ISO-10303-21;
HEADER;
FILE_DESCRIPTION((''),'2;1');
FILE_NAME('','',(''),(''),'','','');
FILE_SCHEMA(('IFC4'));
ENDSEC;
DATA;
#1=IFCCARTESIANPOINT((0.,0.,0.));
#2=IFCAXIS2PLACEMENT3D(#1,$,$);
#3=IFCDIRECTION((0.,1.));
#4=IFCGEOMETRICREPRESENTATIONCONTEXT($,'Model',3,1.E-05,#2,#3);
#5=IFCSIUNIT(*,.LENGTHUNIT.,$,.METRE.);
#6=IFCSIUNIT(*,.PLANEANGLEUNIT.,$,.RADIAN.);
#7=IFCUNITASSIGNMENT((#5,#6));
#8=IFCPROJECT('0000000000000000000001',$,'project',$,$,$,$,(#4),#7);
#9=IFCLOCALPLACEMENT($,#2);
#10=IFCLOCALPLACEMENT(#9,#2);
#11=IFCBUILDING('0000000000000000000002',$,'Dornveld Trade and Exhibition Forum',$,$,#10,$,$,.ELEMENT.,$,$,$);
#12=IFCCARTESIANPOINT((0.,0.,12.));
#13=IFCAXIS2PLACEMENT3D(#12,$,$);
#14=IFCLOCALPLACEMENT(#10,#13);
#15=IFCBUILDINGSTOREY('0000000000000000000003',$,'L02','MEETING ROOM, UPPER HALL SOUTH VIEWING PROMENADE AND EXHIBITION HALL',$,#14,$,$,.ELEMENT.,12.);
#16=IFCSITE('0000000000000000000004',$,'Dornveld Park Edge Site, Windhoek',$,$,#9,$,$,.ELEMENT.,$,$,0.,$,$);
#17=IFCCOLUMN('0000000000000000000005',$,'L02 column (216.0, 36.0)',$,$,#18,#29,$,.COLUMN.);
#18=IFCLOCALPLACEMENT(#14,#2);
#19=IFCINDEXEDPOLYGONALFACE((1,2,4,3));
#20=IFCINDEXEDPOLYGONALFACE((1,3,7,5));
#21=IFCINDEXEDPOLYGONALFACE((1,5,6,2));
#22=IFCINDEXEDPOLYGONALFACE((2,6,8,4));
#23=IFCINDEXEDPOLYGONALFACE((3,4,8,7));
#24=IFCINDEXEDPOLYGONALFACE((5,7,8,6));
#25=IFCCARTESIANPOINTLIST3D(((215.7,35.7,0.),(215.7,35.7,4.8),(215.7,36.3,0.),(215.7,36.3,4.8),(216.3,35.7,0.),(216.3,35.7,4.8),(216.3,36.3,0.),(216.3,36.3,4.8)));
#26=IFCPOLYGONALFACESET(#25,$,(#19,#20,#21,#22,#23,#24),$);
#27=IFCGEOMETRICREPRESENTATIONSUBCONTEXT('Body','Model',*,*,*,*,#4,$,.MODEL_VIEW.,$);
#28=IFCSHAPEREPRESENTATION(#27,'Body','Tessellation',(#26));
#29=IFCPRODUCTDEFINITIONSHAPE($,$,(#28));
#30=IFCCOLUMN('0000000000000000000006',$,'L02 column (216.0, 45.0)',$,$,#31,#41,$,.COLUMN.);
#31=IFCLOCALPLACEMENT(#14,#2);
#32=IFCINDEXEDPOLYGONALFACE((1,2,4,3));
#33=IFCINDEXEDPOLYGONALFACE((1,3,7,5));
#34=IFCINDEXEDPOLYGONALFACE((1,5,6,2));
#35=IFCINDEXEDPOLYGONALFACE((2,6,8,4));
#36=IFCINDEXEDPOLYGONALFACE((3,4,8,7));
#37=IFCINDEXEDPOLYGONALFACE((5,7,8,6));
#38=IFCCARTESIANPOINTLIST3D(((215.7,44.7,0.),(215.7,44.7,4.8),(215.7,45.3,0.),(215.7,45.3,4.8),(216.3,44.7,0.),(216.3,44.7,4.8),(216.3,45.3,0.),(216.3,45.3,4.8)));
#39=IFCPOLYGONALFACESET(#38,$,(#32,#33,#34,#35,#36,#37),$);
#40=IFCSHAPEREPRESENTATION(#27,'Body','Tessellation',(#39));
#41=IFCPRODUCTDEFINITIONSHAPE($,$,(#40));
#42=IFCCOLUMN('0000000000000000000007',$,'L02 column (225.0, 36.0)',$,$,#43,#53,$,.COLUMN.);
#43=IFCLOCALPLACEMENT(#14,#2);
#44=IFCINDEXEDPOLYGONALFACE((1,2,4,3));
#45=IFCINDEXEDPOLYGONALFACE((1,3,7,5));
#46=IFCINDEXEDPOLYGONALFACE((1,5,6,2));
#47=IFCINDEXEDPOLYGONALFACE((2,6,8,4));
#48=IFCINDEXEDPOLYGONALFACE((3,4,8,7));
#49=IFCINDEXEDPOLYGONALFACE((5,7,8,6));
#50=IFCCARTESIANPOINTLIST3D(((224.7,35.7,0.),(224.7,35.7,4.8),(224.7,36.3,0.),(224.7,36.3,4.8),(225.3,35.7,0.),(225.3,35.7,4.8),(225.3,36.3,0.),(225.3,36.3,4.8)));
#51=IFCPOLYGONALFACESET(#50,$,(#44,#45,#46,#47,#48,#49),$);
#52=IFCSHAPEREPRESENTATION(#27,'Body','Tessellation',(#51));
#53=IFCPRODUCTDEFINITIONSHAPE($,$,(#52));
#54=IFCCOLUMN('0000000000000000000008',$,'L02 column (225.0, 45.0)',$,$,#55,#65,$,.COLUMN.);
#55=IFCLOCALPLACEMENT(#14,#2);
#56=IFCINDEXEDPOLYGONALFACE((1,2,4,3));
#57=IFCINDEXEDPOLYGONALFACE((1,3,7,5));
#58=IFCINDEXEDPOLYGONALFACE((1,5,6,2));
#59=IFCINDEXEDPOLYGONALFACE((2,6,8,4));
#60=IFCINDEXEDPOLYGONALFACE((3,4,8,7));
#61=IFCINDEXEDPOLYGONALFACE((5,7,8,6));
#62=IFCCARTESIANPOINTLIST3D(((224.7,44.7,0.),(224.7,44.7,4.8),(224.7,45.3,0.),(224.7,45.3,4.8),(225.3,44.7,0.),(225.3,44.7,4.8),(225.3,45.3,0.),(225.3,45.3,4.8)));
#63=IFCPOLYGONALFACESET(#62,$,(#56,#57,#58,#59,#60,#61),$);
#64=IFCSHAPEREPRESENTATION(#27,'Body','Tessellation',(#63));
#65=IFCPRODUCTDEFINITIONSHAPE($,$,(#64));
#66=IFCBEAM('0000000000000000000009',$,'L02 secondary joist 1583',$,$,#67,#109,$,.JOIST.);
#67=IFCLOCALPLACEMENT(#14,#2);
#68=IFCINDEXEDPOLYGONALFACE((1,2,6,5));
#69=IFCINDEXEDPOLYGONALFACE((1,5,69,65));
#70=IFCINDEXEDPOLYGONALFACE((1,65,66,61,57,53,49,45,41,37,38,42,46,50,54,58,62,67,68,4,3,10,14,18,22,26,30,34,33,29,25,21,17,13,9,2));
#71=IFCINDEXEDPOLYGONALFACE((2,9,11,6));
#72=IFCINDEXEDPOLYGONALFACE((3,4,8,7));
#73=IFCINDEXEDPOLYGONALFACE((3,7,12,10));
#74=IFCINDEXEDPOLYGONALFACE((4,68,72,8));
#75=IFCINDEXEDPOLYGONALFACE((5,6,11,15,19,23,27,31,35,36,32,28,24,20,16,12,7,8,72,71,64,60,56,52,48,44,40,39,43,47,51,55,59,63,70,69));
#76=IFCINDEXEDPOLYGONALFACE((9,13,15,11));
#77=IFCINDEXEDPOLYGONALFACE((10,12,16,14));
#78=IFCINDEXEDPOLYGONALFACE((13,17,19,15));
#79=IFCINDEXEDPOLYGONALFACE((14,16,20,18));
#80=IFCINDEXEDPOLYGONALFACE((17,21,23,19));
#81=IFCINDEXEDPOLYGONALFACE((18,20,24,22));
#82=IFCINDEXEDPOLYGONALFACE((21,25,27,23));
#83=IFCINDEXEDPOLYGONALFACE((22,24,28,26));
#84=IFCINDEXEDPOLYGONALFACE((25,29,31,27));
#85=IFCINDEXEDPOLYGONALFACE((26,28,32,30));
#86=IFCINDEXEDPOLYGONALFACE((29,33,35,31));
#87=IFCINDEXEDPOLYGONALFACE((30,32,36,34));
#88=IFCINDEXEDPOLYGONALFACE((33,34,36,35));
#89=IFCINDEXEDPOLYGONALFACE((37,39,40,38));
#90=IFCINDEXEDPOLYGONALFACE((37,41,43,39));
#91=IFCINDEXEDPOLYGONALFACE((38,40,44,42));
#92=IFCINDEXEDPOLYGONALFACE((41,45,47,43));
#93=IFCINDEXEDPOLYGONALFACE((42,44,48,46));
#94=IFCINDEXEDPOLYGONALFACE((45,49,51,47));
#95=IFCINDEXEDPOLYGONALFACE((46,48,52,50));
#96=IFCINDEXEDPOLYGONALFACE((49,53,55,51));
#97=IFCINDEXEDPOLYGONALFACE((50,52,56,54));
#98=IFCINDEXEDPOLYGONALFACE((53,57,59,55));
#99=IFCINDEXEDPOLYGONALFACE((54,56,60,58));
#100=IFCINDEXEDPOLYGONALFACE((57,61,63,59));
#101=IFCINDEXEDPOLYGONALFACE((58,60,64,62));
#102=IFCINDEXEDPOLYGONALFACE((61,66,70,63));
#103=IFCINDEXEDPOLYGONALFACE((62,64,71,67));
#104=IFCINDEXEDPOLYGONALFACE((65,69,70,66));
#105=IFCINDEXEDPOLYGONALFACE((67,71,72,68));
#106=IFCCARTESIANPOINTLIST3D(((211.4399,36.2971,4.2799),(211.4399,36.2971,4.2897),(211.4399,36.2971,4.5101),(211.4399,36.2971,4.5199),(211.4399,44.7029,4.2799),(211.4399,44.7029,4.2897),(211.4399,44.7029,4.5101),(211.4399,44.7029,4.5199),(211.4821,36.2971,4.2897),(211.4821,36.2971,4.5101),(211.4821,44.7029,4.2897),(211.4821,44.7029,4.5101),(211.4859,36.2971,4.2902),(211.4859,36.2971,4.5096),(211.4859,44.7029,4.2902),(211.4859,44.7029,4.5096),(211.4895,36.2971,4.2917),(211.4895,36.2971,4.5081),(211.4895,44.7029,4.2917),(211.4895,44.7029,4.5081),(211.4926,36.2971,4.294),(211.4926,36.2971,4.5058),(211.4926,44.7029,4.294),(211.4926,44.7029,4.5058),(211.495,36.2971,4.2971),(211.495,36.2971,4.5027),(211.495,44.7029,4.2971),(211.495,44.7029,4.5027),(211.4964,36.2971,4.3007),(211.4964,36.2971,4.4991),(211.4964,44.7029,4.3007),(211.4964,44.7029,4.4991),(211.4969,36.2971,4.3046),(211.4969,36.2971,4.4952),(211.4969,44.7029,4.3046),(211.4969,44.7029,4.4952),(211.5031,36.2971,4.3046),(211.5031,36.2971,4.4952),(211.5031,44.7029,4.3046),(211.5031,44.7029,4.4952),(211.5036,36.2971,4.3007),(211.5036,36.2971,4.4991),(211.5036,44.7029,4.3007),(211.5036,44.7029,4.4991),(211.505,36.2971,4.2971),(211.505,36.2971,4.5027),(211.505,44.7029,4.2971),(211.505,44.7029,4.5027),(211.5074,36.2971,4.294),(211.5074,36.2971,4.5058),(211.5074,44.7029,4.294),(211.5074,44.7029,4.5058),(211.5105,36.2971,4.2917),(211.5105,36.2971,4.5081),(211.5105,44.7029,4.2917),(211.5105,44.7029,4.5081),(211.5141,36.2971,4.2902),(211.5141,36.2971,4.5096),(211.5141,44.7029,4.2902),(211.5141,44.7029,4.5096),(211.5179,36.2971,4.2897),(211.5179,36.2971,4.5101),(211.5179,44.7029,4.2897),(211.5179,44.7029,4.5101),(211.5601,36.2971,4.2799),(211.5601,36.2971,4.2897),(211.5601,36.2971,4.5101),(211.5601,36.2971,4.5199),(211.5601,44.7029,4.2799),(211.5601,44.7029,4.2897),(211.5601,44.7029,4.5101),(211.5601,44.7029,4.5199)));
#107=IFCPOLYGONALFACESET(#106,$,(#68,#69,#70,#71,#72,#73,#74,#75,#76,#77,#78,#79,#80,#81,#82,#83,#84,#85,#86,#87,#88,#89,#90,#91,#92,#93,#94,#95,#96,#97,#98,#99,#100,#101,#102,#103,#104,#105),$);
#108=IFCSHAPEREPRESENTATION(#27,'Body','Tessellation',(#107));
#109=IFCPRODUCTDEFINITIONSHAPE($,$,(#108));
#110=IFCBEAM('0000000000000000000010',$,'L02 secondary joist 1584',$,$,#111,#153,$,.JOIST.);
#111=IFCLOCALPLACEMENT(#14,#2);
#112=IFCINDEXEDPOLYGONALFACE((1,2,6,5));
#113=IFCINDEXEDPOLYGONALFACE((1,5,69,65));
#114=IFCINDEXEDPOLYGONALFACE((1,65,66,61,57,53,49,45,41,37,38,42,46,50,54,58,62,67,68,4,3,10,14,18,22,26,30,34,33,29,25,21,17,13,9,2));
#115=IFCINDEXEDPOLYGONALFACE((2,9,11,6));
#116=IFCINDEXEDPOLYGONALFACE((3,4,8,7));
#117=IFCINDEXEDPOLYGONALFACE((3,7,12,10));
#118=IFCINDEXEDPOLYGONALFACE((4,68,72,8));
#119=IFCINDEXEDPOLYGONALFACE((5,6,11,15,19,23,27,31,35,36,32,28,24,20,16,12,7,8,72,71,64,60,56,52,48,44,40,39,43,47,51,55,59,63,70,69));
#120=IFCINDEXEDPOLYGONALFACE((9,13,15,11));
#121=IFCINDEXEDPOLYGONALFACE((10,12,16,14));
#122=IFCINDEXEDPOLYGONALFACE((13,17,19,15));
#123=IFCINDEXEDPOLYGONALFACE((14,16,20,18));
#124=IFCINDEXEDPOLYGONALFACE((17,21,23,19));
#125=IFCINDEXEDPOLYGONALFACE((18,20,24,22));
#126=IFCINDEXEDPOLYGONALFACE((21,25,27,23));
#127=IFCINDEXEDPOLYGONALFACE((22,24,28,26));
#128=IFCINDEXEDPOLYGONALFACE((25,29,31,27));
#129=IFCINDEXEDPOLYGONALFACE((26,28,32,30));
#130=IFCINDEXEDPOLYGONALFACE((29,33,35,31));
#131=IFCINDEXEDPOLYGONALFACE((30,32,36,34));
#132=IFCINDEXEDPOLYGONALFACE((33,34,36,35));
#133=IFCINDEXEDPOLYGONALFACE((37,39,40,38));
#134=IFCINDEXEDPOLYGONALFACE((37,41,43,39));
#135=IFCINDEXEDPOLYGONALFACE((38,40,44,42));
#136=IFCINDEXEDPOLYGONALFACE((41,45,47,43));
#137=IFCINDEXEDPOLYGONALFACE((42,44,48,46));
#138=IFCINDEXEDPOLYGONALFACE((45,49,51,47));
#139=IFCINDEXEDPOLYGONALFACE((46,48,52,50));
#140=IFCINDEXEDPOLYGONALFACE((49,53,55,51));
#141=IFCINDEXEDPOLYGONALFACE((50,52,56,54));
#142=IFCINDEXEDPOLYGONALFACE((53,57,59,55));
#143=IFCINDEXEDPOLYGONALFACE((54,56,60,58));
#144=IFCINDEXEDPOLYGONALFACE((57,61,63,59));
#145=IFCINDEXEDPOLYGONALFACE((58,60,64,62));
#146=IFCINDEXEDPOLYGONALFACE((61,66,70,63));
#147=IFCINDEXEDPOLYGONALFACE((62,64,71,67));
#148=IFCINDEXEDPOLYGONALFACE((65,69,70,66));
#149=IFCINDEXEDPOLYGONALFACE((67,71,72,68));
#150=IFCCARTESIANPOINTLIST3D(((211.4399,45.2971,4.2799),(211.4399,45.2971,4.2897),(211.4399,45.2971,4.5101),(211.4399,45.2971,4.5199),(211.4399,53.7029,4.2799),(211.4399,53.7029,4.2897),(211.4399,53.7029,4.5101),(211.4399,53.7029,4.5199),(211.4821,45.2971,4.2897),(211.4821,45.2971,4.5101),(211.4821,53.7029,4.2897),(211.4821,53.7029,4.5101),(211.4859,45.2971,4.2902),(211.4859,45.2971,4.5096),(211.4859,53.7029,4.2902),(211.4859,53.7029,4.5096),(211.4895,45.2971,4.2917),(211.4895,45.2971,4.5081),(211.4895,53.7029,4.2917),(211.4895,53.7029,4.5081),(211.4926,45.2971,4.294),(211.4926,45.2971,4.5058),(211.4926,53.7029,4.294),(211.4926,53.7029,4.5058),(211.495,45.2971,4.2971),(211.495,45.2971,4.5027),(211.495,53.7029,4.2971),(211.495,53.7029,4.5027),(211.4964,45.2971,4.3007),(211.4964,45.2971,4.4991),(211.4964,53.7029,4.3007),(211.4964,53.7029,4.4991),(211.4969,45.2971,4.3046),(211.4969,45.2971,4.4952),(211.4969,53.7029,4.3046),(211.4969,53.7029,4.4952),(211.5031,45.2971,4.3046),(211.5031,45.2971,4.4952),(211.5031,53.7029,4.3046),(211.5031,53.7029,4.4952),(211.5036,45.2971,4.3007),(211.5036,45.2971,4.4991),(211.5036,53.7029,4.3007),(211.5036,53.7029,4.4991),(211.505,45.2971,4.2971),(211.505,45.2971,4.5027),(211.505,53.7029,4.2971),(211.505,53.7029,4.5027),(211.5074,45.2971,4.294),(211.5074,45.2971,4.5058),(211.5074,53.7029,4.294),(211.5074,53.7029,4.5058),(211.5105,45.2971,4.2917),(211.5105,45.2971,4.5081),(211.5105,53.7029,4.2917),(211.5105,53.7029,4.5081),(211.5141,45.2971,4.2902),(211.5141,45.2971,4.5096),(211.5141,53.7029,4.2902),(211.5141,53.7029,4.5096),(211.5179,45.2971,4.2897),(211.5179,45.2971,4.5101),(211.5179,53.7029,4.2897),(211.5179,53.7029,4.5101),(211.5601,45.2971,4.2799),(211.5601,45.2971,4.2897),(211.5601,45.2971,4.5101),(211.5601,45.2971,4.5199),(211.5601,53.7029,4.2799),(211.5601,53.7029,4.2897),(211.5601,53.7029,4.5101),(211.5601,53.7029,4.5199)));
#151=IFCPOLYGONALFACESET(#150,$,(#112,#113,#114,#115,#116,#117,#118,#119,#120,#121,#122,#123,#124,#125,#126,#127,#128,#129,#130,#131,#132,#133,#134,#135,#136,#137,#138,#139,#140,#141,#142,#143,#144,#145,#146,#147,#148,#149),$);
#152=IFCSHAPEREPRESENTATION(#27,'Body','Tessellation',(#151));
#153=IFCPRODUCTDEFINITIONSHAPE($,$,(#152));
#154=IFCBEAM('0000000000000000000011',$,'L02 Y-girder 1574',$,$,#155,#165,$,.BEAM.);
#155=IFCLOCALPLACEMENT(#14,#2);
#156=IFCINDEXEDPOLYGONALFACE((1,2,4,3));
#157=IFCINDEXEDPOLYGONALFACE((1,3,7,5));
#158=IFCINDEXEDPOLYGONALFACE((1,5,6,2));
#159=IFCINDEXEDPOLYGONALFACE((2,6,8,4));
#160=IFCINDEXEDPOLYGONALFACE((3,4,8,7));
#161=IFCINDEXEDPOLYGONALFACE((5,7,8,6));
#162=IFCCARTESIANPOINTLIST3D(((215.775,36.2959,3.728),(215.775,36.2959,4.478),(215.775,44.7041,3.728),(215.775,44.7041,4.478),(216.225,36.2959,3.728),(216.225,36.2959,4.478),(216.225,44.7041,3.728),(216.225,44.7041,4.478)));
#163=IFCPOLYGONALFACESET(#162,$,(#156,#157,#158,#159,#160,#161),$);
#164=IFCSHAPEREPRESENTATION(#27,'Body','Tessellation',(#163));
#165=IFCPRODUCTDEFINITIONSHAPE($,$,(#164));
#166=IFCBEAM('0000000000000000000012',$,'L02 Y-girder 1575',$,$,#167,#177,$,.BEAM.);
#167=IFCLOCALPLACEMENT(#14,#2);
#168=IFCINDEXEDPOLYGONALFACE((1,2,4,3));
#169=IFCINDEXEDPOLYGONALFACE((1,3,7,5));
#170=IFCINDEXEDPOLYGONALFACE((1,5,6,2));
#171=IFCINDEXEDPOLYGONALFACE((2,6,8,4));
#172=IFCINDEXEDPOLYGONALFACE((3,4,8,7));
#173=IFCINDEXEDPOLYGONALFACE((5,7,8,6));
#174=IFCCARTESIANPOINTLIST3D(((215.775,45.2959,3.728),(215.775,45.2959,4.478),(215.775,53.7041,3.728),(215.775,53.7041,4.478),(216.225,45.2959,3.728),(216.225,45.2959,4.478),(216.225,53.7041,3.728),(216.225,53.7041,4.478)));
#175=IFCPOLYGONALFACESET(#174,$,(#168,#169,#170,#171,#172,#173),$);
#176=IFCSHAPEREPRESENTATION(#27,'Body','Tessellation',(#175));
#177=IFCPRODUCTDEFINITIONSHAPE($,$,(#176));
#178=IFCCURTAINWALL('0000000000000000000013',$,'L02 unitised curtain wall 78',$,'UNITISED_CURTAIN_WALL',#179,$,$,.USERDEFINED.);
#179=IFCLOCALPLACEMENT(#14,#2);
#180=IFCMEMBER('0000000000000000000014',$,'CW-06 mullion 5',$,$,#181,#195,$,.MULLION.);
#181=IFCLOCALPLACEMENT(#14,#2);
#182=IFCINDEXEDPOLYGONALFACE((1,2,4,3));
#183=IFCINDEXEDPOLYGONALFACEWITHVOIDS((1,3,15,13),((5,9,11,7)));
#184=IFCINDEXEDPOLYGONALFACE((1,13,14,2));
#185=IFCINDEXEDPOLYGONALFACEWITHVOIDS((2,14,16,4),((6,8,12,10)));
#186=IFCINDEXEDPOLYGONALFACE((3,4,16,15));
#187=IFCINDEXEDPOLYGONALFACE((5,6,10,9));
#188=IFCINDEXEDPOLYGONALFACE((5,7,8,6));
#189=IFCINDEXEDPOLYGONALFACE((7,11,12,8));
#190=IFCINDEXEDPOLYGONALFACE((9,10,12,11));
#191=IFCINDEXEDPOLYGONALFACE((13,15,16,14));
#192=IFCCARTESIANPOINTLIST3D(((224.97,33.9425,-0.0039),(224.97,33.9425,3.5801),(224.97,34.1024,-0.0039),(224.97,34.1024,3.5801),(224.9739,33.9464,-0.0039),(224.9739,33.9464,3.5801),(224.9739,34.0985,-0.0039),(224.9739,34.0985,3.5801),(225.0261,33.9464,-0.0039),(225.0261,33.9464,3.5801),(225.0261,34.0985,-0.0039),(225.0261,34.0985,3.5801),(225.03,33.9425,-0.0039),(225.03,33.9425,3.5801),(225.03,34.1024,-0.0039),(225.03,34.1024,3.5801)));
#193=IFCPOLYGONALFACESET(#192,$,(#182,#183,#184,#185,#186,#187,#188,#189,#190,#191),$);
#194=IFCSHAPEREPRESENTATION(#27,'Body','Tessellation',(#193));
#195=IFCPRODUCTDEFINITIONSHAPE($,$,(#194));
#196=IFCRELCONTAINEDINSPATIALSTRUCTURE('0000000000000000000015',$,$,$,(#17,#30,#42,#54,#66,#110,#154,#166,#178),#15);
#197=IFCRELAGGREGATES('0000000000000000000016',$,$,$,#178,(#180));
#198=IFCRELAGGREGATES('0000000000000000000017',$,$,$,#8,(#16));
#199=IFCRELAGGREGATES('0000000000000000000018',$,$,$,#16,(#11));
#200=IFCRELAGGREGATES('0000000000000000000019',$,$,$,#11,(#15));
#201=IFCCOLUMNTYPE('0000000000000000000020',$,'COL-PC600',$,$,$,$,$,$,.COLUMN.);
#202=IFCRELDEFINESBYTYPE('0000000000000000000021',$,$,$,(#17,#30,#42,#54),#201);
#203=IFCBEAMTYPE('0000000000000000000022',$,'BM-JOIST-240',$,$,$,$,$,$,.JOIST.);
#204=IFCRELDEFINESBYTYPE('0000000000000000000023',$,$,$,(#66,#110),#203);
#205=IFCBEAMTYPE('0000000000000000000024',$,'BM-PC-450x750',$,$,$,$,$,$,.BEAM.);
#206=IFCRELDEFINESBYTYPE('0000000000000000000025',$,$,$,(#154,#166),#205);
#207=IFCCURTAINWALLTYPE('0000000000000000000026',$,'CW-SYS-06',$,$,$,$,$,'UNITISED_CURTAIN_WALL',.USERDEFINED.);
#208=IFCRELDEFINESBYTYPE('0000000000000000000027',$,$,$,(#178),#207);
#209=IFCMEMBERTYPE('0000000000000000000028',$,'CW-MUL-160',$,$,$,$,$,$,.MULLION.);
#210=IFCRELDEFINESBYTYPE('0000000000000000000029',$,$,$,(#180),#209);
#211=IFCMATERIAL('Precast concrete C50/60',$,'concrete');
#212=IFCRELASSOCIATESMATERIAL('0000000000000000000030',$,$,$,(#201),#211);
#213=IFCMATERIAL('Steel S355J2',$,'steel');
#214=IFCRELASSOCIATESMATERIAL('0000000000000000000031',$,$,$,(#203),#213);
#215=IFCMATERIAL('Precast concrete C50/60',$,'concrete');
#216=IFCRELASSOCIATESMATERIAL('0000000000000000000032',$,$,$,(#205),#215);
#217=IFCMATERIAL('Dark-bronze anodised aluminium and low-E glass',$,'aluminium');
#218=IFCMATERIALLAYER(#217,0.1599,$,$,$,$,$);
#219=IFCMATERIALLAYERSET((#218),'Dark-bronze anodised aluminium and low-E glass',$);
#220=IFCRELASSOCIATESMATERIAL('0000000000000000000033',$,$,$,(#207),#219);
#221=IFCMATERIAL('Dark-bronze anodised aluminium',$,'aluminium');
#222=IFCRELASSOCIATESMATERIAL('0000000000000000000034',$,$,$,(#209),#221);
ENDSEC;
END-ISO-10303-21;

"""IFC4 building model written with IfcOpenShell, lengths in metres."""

from ifc_helpers import new_model, si_unit, direction, frame, origin, origin_2d, place, context, subcontext, project, spatial, rectangle, hollow_rectangle, i_section, extrude, material, layer, layer_set, material_profile, profile_set, type_object, element, aggregate, save


model = new_model("IFC4")

# Units and contexts
model_context = context("Model", 3, precision=1e-05, world=origin(), true_north=direction((0.0, 1.0)))
body_context = subcontext(model_context, "Body", "Model", "MODEL_VIEW")
ifc_project = project(units=[si_unit("LENGTHUNIT", "METRE"), si_unit("PLANEANGLEUNIT", "RADIAN")], contexts=[model_context])

# Site, building, storey
site_placement = place(None, origin())
site = spatial("IfcSite", under=ifc_project, at=site_placement, Name="Dornveld Park Edge Site, Windhoek", CompositionType="ELEMENT", RefElevation=0.0)
building_placement = place(site_placement, origin())
building = spatial("IfcBuilding", under=site, at=building_placement, Name="Dornveld Trade and Exhibition Forum", CompositionType="ELEMENT")
storey_placement = place(building_placement, frame((0.0, 0.0, 12.0)))
storey = spatial("IfcBuildingStorey", under=building, at=storey_placement, Name="L02", Description="MEETING ROOM, UPPER HALL SOUTH VIEWING PROMENADE AND EXHIBITION HALL", CompositionType="ELEMENT", Elevation=12.0)

# Columns
ifc_material_1 = material(Name="Precast concrete C50/60", Category="concrete")
ifc_material_profile_1 = material_profile(ifc_material_1, rectangle(XDim=0.6001, YDim=0.6001, at=origin_2d()), Name="PC-COL 600x600")
ifc_profile_set_1 = profile_set([ifc_material_profile_1], Name="Precast concrete C50/60")
column_type = type_object("IfcColumnType", Name="COL-PC600", PredefinedType="COLUMN", material=ifc_profile_set_1)
for number, where, z_axis, x_axis, name in (
    (1, (216.0, 36.0, 0.0), (0.0, 0.0, 1.0), (1.0, 0.0, 0.0), "L02 column (216.0, 36.0)"),
    (2, (216.0, 45.0, 0.0), (0.0, 0.0, 1.0), (1.0, 0.0, 0.0), "L02 column (216.0, 45.0)"),
    (3, (225.0, 36.0, 0.0), (0.0, 0.0, 1.0), (1.0, 0.0, 0.0), "L02 column (225.0, 36.0)"),
    (4, (225.0, 45.0, 0.0), (0.0, 0.0, 1.0), (1.0, 0.0, 0.0), "L02 column (225.0, 45.0)"),
):
    element("IfcColumn", number, at=place(storey_placement, frame(where, z_axis=z_axis, x_axis=x_axis)), inside=storey, type_object=column_type, Name=name, PredefinedType="COLUMN", context=body_context, shape_type="SweptSolid", body=[
        extrude(rectangle(XDim=0.6001, YDim=0.6001, at=origin_2d()), origin(), (0.0, 0.0, 1.0), 4.8),
    ])

# Beams
ifc_material_2 = material(Name="Steel S355J2", Category="steel")
ifc_material_profile_2 = material_profile(ifc_material_2, i_section(OverallWidth=0.1201, OverallDepth=0.24, WebThickness=0.0061, FlangeThickness=0.0098, FilletRadius=0.0149, at=origin_2d()), Name="IPE 240")
ifc_profile_set_2 = profile_set([ifc_material_profile_2], Name="Steel S355J2")
beam_type_1 = type_object("IfcBeamType", Name="BM-JOIST-240", PredefinedType="JOIST", material=ifc_profile_set_2)
for number, where, z_axis, x_axis, name in (
    (5, (211.5, 36.2971, 4.3999), (0.0, 1.0, 0.0), (-1.0, 0.0, 0.0), "L02 secondary joist 1583"),
    (6, (211.5, 45.2971, 4.3999), (0.0, 1.0, 0.0), (-1.0, 0.0, 0.0), "L02 secondary joist 1584"),
):
    element("IfcBeam", number, at=place(storey_placement, frame(where, z_axis=z_axis, x_axis=x_axis)), inside=storey, type_object=beam_type_1, Name=name, PredefinedType="JOIST", context=body_context, shape_type="SweptSolid", body=[
        extrude(i_section(OverallWidth=0.1201, OverallDepth=0.24, WebThickness=0.0061, FlangeThickness=0.0098, FilletRadius=0.0149, at=origin_2d()), origin(), (0.0, 0.0, 1.0), 8.4058),
    ])
ifc_material_3 = material(Name="Precast concrete C50/60", Category="concrete")
ifc_material_profile_3 = material_profile(ifc_material_3, rectangle(XDim=0.45, YDim=0.75, at=origin_2d()), Name="PC-BM 450x750")
ifc_profile_set_3 = profile_set([ifc_material_profile_3], Name="Precast concrete C50/60")
beam_type_2 = type_object("IfcBeamType", Name="BM-PC-450x750", PredefinedType="BEAM", material=ifc_profile_set_3)
for number, where, z_axis, x_axis, name in (
    (7, (216.0, 36.2959, 4.103), (0.0, 1.0, 0.0), (-1.0, 0.0, 0.0), "L02 Y-girder 1574"),
    (8, (216.0, 45.2959, 4.103), (0.0, 1.0, 0.0), (-1.0, 0.0, 0.0), "L02 Y-girder 1575"),
):
    element("IfcBeam", number, at=place(storey_placement, frame(where, z_axis=z_axis, x_axis=x_axis)), inside=storey, type_object=beam_type_2, Name=name, PredefinedType="BEAM", context=body_context, shape_type="SweptSolid", body=[
        extrude(rectangle(XDim=0.45, YDim=0.75, at=origin_2d()), origin(), (0.0, 0.0, 1.0), 8.4082),
    ])

# Curtain wall, member
ifc_material_4 = material(Name="Dark-bronze anodised aluminium and low-E glass", Category="aluminium")
ifc_layer_1 = layer(ifc_material_4, 0.1599)
ifc_layer_set_1 = layer_set([ifc_layer_1], Name="Dark-bronze anodised aluminium and low-E glass")
curtain_wall_type_1 = type_object("IfcCurtainWallType", Name="CW-SYS-06", ElementType="UNITISED_CURTAIN_WALL", PredefinedType="USERDEFINED", material=ifc_layer_set_1)
curtain_wall_1_placement = place(storey_placement, origin())
curtain_wall_1 = element("IfcCurtainWall", 9, at=curtain_wall_1_placement, inside=storey, type_object=curtain_wall_type_1, Name="L02 unitised curtain wall 78", ObjectType="UNITISED_CURTAIN_WALL", PredefinedType="USERDEFINED")
ifc_material_5 = material(Name="Dark-bronze anodised aluminium", Category="aluminium")
ifc_material_profile_4 = material_profile(ifc_material_5, hollow_rectangle(XDim=0.0601, YDim=0.1599, WallThickness=0.0039, at=origin_2d()), Name="RHS 160x60x4")
ifc_profile_set_4 = profile_set([ifc_material_profile_4], Name="Dark-bronze anodised aluminium")
member_type_1 = type_object("IfcMemberType", Name="CW-MUL-160", PredefinedType="MULLION", material=ifc_profile_set_4)
member_1_placement = place(storey_placement, frame((225.0, 34.0225, -0.0039), z_axis=(0.0, 0.0, 1.0), x_axis=(-1.0, 0.0, 0.0)))
member_1 = element("IfcMember", 10, at=member_1_placement, type_object=member_type_1, Name="CW-06 mullion 5", PredefinedType="MULLION", context=body_context, shape_type="SweptSolid", body=[
    extrude(hollow_rectangle(XDim=0.0601, YDim=0.1599, WallThickness=0.0039, at=origin_2d()), origin(), (0.0, 0.0, 1.0), 3.584),
])

aggregate(curtain_wall_1, [member_1])

save(model, "model.ifc")
